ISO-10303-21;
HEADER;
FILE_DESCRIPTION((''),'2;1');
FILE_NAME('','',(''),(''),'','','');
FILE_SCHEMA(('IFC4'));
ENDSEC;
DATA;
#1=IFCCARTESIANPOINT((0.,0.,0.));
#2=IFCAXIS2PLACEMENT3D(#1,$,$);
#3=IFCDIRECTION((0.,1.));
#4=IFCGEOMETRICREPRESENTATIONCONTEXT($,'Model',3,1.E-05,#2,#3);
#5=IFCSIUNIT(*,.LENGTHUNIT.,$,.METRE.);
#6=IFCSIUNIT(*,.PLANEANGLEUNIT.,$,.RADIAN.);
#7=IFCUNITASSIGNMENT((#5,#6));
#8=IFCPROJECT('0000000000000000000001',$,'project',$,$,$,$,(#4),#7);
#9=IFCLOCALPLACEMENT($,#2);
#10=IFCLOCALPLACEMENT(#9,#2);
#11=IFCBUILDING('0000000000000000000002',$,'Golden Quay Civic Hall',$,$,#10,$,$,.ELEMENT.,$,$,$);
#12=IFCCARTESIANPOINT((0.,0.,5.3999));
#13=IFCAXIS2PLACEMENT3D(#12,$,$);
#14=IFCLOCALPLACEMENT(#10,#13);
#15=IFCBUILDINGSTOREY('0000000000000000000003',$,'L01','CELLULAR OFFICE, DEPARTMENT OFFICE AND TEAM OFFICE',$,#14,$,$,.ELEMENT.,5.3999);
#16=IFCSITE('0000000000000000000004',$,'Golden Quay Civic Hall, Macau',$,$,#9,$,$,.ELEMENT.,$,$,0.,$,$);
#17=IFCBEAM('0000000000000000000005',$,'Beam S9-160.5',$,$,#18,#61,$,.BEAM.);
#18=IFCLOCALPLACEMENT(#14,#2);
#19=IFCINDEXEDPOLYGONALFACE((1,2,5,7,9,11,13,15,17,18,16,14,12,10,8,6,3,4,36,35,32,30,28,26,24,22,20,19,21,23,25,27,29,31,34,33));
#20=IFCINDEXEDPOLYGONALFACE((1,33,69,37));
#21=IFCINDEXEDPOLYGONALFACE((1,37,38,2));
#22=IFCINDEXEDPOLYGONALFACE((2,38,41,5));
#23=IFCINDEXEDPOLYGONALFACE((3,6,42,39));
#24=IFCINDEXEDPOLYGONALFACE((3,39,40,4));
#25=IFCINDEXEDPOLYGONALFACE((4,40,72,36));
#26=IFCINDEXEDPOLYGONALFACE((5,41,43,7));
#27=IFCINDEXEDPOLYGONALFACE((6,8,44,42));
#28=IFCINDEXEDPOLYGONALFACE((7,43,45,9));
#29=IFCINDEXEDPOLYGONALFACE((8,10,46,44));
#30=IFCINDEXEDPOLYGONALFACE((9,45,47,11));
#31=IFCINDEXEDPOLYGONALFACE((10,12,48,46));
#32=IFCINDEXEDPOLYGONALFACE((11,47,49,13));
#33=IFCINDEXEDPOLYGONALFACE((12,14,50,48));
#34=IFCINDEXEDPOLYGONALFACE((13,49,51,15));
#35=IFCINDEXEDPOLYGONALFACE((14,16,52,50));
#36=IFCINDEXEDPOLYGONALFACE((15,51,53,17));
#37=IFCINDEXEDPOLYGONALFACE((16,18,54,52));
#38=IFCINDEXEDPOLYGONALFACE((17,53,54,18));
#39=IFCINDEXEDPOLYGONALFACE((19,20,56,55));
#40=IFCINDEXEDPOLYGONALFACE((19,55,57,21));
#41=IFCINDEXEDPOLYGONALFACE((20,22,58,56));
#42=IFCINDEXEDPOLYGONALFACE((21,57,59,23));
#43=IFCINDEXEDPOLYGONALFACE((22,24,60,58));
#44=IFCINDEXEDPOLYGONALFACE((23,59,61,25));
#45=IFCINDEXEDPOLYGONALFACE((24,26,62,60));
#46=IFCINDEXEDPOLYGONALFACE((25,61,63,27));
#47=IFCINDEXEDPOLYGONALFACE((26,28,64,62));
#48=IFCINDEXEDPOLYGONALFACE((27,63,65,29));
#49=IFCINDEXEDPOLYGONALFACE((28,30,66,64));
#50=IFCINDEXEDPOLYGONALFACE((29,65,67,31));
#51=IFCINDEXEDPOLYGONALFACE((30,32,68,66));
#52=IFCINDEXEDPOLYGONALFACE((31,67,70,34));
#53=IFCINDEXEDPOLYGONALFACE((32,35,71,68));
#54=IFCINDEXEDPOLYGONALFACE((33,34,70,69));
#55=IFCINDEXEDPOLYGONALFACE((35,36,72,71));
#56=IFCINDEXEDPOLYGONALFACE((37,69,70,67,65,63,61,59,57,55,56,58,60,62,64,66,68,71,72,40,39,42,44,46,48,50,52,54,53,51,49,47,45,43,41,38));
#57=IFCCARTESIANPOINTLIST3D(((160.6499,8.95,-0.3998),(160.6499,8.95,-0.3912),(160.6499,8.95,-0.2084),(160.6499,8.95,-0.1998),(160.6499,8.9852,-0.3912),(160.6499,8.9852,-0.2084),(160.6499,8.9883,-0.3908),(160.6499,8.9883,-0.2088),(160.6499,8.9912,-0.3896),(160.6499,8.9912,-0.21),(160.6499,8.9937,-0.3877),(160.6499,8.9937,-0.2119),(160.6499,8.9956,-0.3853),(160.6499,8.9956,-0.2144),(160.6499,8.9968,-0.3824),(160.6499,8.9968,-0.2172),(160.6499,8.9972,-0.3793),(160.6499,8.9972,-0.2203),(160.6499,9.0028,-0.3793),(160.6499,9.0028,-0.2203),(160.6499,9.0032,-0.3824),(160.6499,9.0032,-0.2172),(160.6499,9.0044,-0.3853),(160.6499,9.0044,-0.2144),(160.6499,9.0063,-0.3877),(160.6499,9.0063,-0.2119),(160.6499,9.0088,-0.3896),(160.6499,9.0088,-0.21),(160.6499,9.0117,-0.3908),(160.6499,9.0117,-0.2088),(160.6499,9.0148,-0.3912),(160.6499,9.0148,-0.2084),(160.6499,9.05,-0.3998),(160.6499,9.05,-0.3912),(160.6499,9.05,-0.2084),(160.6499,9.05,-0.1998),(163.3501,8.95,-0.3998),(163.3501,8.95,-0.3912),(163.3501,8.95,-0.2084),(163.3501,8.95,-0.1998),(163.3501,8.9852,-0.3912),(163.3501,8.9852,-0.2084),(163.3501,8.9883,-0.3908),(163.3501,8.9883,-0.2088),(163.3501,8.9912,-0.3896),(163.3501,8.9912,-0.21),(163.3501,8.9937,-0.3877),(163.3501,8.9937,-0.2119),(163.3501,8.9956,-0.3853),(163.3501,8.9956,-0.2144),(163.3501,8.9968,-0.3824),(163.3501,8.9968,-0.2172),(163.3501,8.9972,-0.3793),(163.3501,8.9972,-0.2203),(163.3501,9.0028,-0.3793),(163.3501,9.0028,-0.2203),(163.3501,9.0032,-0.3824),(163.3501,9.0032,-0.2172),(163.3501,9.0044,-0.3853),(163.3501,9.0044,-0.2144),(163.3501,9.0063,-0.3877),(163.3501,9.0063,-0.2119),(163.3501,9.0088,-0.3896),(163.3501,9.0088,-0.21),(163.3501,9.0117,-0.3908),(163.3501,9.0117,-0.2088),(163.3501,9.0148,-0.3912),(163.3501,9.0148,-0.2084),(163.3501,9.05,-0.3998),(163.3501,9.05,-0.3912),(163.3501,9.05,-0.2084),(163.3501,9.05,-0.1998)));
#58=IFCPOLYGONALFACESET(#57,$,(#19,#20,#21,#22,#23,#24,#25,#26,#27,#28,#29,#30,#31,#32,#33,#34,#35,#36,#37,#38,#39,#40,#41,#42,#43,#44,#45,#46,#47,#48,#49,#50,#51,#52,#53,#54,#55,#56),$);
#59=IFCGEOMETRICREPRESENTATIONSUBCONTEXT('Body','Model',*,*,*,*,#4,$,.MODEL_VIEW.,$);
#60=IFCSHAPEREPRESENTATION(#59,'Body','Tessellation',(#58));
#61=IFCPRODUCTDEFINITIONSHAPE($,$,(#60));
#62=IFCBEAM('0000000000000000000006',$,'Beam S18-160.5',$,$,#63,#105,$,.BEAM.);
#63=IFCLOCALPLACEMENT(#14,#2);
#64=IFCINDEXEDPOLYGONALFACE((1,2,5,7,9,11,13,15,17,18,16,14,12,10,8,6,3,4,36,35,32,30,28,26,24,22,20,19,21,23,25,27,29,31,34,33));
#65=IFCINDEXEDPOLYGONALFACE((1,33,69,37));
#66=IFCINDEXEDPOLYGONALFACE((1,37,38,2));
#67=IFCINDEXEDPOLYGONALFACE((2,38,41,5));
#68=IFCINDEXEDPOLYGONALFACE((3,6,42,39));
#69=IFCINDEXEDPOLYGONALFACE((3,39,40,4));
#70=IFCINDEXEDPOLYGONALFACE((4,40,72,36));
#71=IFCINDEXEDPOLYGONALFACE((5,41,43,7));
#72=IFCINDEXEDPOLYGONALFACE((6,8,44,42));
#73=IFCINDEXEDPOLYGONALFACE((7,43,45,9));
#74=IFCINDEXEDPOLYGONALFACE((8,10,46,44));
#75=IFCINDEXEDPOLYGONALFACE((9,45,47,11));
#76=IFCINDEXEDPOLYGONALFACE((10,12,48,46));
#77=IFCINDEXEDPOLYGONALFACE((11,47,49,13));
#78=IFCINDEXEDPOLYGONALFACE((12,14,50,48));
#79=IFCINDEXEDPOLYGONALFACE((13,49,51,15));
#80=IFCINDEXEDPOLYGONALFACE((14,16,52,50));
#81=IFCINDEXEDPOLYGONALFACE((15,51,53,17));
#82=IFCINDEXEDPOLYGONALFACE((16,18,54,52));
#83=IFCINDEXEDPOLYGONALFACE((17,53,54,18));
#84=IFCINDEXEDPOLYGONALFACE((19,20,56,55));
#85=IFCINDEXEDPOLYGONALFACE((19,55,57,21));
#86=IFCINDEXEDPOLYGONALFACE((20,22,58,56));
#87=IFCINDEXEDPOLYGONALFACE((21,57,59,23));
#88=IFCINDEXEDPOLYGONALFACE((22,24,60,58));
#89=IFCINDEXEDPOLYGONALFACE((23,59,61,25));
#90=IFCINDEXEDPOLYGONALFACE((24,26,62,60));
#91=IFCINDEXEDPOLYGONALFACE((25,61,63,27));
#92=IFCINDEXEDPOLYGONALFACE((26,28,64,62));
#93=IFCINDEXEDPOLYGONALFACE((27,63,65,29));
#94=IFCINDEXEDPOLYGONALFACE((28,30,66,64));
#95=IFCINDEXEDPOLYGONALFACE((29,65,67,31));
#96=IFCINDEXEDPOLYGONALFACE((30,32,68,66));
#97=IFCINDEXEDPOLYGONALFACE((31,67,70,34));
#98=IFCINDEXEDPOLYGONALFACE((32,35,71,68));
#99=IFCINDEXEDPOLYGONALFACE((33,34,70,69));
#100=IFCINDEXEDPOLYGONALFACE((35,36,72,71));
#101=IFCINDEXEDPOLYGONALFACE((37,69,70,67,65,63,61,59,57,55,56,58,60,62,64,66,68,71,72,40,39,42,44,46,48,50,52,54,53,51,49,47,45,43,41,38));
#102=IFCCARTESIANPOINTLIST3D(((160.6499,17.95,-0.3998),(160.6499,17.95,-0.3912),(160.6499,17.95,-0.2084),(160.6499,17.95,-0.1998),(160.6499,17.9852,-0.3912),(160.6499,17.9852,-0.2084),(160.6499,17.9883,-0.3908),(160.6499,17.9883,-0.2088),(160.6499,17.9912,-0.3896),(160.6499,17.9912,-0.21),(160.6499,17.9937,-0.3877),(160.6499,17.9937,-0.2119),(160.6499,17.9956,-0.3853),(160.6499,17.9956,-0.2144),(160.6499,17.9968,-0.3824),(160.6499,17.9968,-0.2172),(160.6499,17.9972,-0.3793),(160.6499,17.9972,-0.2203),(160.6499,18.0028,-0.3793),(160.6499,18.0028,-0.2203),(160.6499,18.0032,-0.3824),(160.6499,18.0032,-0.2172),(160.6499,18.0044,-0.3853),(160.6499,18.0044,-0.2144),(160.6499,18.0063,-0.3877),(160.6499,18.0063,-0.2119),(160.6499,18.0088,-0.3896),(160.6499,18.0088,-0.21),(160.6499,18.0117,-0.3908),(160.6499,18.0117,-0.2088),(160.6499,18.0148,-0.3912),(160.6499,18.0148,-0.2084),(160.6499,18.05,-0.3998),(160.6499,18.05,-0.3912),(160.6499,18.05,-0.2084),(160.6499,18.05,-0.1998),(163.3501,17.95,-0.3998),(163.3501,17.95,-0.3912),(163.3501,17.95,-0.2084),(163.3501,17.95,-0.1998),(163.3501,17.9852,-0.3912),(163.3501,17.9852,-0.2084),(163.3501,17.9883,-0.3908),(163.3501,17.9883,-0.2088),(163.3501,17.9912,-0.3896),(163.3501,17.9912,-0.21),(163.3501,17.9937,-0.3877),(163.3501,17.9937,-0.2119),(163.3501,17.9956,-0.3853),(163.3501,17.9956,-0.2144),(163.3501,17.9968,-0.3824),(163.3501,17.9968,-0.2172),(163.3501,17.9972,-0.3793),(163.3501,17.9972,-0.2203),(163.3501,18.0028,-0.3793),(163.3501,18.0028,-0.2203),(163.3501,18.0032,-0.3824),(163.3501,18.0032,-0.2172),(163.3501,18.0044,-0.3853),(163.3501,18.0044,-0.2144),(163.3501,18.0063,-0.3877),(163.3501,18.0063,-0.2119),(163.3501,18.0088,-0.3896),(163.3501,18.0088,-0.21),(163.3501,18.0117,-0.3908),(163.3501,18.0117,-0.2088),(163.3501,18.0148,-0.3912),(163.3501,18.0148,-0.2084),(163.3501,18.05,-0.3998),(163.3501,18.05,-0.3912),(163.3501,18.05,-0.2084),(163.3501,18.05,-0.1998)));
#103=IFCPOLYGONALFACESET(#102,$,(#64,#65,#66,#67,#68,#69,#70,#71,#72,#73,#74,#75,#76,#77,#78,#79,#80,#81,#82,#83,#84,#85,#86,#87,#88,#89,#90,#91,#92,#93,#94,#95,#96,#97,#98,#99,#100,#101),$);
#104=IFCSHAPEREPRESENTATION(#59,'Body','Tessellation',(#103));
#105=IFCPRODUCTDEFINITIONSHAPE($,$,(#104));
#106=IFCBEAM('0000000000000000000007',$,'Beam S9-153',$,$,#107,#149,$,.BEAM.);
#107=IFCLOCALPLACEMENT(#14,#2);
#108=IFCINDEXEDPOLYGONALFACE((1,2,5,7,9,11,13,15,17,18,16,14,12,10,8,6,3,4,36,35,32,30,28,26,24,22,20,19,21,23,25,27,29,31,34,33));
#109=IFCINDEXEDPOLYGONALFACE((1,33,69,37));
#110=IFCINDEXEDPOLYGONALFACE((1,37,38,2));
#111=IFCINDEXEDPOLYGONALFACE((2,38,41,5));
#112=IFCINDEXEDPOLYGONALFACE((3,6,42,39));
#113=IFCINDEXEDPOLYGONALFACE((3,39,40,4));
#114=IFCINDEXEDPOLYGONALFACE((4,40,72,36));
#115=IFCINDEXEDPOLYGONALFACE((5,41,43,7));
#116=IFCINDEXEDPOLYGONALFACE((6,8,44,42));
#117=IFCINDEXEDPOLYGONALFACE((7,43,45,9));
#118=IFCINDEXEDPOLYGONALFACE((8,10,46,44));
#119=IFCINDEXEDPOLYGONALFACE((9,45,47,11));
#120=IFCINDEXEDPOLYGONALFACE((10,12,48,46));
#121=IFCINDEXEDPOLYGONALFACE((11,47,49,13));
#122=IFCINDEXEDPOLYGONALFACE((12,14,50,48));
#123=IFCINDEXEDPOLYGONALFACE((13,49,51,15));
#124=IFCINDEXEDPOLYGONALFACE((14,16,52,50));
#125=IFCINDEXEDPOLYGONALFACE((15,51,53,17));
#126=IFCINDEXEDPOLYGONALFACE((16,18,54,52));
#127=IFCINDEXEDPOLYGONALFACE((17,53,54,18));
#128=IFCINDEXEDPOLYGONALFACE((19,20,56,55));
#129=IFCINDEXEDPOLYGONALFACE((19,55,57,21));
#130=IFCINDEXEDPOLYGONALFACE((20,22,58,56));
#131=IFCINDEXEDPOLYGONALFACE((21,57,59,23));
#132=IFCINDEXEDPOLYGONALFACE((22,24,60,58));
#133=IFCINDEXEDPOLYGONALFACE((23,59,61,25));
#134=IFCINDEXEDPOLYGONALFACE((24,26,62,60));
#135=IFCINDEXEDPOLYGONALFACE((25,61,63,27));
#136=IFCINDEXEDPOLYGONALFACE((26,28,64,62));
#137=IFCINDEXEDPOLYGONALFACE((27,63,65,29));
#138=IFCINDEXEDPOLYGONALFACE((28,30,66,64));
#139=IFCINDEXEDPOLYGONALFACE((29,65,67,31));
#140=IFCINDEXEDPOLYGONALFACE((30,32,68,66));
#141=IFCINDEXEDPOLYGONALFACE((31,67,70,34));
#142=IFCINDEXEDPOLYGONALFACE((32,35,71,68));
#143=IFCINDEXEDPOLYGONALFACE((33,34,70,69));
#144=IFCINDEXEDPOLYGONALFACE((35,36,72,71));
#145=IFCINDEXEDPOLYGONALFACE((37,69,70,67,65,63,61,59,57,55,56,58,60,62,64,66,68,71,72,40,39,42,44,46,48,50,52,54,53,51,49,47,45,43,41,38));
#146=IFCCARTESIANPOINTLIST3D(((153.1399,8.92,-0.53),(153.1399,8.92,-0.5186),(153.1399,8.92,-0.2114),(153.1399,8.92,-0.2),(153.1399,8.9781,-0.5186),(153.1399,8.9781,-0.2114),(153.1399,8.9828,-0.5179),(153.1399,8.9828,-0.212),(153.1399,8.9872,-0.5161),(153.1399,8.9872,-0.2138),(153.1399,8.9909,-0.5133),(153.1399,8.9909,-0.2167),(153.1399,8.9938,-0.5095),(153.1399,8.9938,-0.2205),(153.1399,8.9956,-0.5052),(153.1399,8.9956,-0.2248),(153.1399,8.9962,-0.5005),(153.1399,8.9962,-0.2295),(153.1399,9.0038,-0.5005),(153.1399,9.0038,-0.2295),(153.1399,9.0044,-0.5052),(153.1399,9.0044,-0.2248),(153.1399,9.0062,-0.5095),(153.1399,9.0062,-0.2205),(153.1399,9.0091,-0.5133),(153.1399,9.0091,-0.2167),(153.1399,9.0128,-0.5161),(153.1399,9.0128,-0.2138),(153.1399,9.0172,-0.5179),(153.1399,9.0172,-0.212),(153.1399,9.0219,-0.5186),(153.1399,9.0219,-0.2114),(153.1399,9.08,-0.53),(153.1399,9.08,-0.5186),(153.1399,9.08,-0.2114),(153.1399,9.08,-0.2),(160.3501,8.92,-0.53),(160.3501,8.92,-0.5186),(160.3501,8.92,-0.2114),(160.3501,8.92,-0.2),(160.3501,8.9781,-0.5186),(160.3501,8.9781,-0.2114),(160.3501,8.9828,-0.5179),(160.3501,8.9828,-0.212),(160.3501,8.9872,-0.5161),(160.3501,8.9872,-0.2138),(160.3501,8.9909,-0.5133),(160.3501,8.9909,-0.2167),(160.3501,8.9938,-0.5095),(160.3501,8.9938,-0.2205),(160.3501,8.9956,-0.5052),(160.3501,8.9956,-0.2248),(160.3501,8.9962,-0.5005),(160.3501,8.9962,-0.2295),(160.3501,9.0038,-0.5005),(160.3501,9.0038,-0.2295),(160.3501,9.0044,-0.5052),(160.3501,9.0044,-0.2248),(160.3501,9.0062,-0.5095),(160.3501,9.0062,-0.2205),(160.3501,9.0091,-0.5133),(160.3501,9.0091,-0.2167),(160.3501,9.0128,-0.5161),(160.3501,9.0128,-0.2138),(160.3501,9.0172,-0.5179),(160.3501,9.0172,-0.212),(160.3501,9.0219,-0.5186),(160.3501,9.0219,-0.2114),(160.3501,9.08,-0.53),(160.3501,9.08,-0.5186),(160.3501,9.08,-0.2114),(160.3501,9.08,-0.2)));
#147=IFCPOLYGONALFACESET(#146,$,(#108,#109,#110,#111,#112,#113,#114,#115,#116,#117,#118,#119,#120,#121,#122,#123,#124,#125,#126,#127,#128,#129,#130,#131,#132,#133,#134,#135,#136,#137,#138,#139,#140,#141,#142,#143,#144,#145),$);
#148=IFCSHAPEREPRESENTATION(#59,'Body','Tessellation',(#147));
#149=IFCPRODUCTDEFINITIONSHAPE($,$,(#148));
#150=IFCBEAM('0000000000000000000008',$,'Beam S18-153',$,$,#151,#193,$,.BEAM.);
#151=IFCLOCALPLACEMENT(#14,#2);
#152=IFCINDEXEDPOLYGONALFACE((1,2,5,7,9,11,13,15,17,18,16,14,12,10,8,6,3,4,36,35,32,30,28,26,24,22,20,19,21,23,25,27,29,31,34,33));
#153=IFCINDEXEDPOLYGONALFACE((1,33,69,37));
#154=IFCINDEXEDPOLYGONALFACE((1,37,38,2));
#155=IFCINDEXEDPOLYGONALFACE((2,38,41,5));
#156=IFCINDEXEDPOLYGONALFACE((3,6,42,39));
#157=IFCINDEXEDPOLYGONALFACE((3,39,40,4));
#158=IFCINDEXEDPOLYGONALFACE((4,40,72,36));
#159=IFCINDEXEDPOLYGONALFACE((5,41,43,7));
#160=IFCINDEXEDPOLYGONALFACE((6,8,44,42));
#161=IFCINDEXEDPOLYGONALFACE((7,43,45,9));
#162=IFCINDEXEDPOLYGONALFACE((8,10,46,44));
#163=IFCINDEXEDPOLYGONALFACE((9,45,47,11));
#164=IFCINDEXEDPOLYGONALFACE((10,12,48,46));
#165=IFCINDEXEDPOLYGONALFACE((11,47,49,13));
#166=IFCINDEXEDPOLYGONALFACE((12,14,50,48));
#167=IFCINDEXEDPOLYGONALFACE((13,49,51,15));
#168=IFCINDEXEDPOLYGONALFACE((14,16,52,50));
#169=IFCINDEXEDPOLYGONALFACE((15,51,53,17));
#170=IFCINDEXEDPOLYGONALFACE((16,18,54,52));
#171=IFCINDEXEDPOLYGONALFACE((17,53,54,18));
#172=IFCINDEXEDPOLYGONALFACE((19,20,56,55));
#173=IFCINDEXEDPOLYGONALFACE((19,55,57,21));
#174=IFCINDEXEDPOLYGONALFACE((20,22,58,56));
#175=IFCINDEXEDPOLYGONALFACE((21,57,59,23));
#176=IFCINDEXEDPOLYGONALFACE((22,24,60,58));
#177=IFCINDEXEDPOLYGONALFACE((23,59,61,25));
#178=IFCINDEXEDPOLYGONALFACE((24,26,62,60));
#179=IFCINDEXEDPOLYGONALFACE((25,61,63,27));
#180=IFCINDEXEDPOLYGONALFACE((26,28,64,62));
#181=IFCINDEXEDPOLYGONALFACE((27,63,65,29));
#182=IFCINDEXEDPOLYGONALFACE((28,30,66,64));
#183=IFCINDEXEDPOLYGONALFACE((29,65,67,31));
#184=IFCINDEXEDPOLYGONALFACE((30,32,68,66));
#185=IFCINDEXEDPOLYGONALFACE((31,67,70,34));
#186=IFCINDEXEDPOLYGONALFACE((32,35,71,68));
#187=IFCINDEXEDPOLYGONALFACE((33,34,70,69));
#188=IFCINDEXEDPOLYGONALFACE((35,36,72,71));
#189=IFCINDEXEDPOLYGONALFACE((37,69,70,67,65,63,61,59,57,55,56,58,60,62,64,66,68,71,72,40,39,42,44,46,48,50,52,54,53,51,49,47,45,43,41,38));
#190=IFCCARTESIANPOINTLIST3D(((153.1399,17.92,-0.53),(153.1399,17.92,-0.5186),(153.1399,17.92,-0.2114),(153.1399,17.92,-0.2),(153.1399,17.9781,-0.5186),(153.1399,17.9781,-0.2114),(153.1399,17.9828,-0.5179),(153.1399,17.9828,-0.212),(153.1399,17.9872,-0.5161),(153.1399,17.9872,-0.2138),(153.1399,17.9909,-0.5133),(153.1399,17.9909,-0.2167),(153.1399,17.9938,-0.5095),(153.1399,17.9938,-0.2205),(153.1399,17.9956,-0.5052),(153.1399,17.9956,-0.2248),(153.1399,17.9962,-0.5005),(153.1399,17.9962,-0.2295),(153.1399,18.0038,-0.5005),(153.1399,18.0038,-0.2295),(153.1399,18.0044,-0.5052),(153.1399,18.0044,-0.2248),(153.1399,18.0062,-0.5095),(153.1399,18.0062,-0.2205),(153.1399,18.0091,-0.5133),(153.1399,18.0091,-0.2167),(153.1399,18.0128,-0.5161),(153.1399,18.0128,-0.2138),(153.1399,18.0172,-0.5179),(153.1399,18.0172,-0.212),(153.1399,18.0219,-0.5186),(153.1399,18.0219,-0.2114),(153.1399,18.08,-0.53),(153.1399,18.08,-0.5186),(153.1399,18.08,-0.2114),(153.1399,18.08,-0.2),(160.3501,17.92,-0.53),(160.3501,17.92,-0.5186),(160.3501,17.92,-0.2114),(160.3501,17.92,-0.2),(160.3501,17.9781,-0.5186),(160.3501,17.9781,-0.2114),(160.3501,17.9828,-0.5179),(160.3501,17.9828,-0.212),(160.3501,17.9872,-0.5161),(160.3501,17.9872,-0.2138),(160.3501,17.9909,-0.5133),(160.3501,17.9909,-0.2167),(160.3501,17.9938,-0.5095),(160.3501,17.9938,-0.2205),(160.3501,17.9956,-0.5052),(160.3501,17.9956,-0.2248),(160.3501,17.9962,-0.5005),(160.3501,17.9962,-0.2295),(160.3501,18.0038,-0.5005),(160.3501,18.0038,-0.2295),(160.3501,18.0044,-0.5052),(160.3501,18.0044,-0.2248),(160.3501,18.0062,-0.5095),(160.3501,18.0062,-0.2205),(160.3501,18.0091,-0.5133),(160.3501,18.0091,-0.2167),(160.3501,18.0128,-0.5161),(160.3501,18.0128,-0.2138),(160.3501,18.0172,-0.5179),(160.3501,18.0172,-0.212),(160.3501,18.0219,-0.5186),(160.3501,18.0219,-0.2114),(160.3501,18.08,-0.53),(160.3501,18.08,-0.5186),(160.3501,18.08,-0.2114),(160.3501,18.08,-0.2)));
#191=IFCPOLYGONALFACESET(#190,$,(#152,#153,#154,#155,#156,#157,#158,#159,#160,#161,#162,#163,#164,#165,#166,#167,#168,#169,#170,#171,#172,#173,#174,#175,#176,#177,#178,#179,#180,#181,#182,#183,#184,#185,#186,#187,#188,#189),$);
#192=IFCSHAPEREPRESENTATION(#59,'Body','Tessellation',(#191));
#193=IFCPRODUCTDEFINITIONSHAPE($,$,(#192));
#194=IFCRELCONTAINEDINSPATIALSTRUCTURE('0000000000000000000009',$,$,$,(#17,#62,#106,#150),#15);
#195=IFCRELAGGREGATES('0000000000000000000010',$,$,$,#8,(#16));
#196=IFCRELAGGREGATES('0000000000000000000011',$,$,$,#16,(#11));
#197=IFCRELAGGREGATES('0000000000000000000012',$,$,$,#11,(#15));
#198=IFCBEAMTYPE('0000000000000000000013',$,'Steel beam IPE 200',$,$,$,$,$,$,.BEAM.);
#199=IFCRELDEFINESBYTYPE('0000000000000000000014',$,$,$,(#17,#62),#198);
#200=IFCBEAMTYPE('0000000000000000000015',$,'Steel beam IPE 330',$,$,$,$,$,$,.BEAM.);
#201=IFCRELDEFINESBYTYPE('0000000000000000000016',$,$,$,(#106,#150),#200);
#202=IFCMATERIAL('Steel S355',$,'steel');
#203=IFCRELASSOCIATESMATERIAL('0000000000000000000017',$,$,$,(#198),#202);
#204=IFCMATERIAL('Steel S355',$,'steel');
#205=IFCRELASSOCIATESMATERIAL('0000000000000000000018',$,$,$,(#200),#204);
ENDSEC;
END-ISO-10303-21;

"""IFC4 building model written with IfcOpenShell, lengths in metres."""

from ifc_helpers import new_model, si_unit, direction, frame, origin, origin_2d, place, context, subcontext, project, spatial, i_section, extrude, material, material_profile, profile_set, type_object, element, save


model = new_model("IFC4")

# Units and contexts
model_context = context("Model", 3, precision=1e-05, world=origin(), true_north=direction((0.0, 1.0)))
body_context = subcontext(model_context, "Body", "Model", "MODEL_VIEW")
ifc_project = project(units=[si_unit("LENGTHUNIT", "METRE"), si_unit("PLANEANGLEUNIT", "RADIAN")], contexts=[model_context])

# Site, building, storey
site_placement = place(None, origin())
site = spatial("IfcSite", under=ifc_project, at=site_placement, Name="Golden Quay Civic Hall, Macau", CompositionType="ELEMENT", RefElevation=0.0)
building_placement = place(site_placement, origin())
building = spatial("IfcBuilding", under=site, at=building_placement, Name="Golden Quay Civic Hall", CompositionType="ELEMENT")
storey_placement = place(building_placement, frame((0.0, 0.0, 5.3999)))
storey = spatial("IfcBuildingStorey", under=building, at=storey_placement, Name="L01", Description="CELLULAR OFFICE, DEPARTMENT OFFICE AND TEAM OFFICE", CompositionType="ELEMENT", Elevation=5.3999)

# Beams
ifc_material_1 = material(Name="Steel S355", Category="steel")
ifc_material_profile_1 = material_profile(ifc_material_1, i_section(OverallWidth=0.1001, OverallDepth=0.2, WebThickness=0.0056, FlangeThickness=0.0085, FilletRadius=0.012, at=origin_2d()), Name="IPE 200")
ifc_profile_set_1 = profile_set([ifc_material_profile_1], Name="Steel S355")
beam_type_1 = type_object("IfcBeamType", Name="Steel beam IPE 200", PredefinedType="BEAM", material=ifc_profile_set_1)
for number, where, z_axis, x_axis, name in (
    (1, (160.6499, 9.0, -0.2998), (1.0, 0.0, 0.0), (0.0, 1.0, 0.0), "Beam S9-160.5"),
    (2, (160.6499, 18.0, -0.2998), (1.0, 0.0, 0.0), (0.0, 1.0, 0.0), "Beam S18-160.5"),
):
    element("IfcBeam", number, at=place(storey_placement, frame(where, z_axis=z_axis, x_axis=x_axis)), inside=storey, type_object=beam_type_1, Name=name, PredefinedType="BEAM", context=body_context, shape_type="SweptSolid", body=[
        extrude(i_section(OverallWidth=0.1001, OverallDepth=0.2, WebThickness=0.0056, FlangeThickness=0.0085, FilletRadius=0.012, at=origin_2d()), origin(), (0.0, 0.0, 1.0), 2.7002),
    ])
ifc_material_2 = material(Name="Steel S355", Category="steel")
ifc_material_profile_2 = material_profile(ifc_material_2, i_section(OverallWidth=0.1599, OverallDepth=0.3301, WebThickness=0.0076, FlangeThickness=0.0115, FilletRadius=0.0181, at=origin_2d()), Name="IPE 330")
ifc_profile_set_2 = profile_set([ifc_material_profile_2], Name="Steel S355")
beam_type_2 = type_object("IfcBeamType", Name="Steel beam IPE 330", PredefinedType="BEAM", material=ifc_profile_set_2)
for number, where, z_axis, x_axis, name in (
    (3, (153.1399, 9.0, -0.365), (1.0, 0.0, 0.0), (0.0, 1.0, 0.0), "Beam S9-153"),
    (4, (153.1399, 18.0, -0.365), (1.0, 0.0, 0.0), (0.0, 1.0, 0.0), "Beam S18-153"),
):
    element("IfcBeam", number, at=place(storey_placement, frame(where, z_axis=z_axis, x_axis=x_axis)), inside=storey, type_object=beam_type_2, Name=name, PredefinedType="BEAM", context=body_context, shape_type="SweptSolid", body=[
        extrude(i_section(OverallWidth=0.1599, OverallDepth=0.3301, WebThickness=0.0076, FlangeThickness=0.0115, FilletRadius=0.0181, at=origin_2d()), origin(), (0.0, 0.0, 1.0), 7.2102),
    ])

save(model, "model.ifc")
